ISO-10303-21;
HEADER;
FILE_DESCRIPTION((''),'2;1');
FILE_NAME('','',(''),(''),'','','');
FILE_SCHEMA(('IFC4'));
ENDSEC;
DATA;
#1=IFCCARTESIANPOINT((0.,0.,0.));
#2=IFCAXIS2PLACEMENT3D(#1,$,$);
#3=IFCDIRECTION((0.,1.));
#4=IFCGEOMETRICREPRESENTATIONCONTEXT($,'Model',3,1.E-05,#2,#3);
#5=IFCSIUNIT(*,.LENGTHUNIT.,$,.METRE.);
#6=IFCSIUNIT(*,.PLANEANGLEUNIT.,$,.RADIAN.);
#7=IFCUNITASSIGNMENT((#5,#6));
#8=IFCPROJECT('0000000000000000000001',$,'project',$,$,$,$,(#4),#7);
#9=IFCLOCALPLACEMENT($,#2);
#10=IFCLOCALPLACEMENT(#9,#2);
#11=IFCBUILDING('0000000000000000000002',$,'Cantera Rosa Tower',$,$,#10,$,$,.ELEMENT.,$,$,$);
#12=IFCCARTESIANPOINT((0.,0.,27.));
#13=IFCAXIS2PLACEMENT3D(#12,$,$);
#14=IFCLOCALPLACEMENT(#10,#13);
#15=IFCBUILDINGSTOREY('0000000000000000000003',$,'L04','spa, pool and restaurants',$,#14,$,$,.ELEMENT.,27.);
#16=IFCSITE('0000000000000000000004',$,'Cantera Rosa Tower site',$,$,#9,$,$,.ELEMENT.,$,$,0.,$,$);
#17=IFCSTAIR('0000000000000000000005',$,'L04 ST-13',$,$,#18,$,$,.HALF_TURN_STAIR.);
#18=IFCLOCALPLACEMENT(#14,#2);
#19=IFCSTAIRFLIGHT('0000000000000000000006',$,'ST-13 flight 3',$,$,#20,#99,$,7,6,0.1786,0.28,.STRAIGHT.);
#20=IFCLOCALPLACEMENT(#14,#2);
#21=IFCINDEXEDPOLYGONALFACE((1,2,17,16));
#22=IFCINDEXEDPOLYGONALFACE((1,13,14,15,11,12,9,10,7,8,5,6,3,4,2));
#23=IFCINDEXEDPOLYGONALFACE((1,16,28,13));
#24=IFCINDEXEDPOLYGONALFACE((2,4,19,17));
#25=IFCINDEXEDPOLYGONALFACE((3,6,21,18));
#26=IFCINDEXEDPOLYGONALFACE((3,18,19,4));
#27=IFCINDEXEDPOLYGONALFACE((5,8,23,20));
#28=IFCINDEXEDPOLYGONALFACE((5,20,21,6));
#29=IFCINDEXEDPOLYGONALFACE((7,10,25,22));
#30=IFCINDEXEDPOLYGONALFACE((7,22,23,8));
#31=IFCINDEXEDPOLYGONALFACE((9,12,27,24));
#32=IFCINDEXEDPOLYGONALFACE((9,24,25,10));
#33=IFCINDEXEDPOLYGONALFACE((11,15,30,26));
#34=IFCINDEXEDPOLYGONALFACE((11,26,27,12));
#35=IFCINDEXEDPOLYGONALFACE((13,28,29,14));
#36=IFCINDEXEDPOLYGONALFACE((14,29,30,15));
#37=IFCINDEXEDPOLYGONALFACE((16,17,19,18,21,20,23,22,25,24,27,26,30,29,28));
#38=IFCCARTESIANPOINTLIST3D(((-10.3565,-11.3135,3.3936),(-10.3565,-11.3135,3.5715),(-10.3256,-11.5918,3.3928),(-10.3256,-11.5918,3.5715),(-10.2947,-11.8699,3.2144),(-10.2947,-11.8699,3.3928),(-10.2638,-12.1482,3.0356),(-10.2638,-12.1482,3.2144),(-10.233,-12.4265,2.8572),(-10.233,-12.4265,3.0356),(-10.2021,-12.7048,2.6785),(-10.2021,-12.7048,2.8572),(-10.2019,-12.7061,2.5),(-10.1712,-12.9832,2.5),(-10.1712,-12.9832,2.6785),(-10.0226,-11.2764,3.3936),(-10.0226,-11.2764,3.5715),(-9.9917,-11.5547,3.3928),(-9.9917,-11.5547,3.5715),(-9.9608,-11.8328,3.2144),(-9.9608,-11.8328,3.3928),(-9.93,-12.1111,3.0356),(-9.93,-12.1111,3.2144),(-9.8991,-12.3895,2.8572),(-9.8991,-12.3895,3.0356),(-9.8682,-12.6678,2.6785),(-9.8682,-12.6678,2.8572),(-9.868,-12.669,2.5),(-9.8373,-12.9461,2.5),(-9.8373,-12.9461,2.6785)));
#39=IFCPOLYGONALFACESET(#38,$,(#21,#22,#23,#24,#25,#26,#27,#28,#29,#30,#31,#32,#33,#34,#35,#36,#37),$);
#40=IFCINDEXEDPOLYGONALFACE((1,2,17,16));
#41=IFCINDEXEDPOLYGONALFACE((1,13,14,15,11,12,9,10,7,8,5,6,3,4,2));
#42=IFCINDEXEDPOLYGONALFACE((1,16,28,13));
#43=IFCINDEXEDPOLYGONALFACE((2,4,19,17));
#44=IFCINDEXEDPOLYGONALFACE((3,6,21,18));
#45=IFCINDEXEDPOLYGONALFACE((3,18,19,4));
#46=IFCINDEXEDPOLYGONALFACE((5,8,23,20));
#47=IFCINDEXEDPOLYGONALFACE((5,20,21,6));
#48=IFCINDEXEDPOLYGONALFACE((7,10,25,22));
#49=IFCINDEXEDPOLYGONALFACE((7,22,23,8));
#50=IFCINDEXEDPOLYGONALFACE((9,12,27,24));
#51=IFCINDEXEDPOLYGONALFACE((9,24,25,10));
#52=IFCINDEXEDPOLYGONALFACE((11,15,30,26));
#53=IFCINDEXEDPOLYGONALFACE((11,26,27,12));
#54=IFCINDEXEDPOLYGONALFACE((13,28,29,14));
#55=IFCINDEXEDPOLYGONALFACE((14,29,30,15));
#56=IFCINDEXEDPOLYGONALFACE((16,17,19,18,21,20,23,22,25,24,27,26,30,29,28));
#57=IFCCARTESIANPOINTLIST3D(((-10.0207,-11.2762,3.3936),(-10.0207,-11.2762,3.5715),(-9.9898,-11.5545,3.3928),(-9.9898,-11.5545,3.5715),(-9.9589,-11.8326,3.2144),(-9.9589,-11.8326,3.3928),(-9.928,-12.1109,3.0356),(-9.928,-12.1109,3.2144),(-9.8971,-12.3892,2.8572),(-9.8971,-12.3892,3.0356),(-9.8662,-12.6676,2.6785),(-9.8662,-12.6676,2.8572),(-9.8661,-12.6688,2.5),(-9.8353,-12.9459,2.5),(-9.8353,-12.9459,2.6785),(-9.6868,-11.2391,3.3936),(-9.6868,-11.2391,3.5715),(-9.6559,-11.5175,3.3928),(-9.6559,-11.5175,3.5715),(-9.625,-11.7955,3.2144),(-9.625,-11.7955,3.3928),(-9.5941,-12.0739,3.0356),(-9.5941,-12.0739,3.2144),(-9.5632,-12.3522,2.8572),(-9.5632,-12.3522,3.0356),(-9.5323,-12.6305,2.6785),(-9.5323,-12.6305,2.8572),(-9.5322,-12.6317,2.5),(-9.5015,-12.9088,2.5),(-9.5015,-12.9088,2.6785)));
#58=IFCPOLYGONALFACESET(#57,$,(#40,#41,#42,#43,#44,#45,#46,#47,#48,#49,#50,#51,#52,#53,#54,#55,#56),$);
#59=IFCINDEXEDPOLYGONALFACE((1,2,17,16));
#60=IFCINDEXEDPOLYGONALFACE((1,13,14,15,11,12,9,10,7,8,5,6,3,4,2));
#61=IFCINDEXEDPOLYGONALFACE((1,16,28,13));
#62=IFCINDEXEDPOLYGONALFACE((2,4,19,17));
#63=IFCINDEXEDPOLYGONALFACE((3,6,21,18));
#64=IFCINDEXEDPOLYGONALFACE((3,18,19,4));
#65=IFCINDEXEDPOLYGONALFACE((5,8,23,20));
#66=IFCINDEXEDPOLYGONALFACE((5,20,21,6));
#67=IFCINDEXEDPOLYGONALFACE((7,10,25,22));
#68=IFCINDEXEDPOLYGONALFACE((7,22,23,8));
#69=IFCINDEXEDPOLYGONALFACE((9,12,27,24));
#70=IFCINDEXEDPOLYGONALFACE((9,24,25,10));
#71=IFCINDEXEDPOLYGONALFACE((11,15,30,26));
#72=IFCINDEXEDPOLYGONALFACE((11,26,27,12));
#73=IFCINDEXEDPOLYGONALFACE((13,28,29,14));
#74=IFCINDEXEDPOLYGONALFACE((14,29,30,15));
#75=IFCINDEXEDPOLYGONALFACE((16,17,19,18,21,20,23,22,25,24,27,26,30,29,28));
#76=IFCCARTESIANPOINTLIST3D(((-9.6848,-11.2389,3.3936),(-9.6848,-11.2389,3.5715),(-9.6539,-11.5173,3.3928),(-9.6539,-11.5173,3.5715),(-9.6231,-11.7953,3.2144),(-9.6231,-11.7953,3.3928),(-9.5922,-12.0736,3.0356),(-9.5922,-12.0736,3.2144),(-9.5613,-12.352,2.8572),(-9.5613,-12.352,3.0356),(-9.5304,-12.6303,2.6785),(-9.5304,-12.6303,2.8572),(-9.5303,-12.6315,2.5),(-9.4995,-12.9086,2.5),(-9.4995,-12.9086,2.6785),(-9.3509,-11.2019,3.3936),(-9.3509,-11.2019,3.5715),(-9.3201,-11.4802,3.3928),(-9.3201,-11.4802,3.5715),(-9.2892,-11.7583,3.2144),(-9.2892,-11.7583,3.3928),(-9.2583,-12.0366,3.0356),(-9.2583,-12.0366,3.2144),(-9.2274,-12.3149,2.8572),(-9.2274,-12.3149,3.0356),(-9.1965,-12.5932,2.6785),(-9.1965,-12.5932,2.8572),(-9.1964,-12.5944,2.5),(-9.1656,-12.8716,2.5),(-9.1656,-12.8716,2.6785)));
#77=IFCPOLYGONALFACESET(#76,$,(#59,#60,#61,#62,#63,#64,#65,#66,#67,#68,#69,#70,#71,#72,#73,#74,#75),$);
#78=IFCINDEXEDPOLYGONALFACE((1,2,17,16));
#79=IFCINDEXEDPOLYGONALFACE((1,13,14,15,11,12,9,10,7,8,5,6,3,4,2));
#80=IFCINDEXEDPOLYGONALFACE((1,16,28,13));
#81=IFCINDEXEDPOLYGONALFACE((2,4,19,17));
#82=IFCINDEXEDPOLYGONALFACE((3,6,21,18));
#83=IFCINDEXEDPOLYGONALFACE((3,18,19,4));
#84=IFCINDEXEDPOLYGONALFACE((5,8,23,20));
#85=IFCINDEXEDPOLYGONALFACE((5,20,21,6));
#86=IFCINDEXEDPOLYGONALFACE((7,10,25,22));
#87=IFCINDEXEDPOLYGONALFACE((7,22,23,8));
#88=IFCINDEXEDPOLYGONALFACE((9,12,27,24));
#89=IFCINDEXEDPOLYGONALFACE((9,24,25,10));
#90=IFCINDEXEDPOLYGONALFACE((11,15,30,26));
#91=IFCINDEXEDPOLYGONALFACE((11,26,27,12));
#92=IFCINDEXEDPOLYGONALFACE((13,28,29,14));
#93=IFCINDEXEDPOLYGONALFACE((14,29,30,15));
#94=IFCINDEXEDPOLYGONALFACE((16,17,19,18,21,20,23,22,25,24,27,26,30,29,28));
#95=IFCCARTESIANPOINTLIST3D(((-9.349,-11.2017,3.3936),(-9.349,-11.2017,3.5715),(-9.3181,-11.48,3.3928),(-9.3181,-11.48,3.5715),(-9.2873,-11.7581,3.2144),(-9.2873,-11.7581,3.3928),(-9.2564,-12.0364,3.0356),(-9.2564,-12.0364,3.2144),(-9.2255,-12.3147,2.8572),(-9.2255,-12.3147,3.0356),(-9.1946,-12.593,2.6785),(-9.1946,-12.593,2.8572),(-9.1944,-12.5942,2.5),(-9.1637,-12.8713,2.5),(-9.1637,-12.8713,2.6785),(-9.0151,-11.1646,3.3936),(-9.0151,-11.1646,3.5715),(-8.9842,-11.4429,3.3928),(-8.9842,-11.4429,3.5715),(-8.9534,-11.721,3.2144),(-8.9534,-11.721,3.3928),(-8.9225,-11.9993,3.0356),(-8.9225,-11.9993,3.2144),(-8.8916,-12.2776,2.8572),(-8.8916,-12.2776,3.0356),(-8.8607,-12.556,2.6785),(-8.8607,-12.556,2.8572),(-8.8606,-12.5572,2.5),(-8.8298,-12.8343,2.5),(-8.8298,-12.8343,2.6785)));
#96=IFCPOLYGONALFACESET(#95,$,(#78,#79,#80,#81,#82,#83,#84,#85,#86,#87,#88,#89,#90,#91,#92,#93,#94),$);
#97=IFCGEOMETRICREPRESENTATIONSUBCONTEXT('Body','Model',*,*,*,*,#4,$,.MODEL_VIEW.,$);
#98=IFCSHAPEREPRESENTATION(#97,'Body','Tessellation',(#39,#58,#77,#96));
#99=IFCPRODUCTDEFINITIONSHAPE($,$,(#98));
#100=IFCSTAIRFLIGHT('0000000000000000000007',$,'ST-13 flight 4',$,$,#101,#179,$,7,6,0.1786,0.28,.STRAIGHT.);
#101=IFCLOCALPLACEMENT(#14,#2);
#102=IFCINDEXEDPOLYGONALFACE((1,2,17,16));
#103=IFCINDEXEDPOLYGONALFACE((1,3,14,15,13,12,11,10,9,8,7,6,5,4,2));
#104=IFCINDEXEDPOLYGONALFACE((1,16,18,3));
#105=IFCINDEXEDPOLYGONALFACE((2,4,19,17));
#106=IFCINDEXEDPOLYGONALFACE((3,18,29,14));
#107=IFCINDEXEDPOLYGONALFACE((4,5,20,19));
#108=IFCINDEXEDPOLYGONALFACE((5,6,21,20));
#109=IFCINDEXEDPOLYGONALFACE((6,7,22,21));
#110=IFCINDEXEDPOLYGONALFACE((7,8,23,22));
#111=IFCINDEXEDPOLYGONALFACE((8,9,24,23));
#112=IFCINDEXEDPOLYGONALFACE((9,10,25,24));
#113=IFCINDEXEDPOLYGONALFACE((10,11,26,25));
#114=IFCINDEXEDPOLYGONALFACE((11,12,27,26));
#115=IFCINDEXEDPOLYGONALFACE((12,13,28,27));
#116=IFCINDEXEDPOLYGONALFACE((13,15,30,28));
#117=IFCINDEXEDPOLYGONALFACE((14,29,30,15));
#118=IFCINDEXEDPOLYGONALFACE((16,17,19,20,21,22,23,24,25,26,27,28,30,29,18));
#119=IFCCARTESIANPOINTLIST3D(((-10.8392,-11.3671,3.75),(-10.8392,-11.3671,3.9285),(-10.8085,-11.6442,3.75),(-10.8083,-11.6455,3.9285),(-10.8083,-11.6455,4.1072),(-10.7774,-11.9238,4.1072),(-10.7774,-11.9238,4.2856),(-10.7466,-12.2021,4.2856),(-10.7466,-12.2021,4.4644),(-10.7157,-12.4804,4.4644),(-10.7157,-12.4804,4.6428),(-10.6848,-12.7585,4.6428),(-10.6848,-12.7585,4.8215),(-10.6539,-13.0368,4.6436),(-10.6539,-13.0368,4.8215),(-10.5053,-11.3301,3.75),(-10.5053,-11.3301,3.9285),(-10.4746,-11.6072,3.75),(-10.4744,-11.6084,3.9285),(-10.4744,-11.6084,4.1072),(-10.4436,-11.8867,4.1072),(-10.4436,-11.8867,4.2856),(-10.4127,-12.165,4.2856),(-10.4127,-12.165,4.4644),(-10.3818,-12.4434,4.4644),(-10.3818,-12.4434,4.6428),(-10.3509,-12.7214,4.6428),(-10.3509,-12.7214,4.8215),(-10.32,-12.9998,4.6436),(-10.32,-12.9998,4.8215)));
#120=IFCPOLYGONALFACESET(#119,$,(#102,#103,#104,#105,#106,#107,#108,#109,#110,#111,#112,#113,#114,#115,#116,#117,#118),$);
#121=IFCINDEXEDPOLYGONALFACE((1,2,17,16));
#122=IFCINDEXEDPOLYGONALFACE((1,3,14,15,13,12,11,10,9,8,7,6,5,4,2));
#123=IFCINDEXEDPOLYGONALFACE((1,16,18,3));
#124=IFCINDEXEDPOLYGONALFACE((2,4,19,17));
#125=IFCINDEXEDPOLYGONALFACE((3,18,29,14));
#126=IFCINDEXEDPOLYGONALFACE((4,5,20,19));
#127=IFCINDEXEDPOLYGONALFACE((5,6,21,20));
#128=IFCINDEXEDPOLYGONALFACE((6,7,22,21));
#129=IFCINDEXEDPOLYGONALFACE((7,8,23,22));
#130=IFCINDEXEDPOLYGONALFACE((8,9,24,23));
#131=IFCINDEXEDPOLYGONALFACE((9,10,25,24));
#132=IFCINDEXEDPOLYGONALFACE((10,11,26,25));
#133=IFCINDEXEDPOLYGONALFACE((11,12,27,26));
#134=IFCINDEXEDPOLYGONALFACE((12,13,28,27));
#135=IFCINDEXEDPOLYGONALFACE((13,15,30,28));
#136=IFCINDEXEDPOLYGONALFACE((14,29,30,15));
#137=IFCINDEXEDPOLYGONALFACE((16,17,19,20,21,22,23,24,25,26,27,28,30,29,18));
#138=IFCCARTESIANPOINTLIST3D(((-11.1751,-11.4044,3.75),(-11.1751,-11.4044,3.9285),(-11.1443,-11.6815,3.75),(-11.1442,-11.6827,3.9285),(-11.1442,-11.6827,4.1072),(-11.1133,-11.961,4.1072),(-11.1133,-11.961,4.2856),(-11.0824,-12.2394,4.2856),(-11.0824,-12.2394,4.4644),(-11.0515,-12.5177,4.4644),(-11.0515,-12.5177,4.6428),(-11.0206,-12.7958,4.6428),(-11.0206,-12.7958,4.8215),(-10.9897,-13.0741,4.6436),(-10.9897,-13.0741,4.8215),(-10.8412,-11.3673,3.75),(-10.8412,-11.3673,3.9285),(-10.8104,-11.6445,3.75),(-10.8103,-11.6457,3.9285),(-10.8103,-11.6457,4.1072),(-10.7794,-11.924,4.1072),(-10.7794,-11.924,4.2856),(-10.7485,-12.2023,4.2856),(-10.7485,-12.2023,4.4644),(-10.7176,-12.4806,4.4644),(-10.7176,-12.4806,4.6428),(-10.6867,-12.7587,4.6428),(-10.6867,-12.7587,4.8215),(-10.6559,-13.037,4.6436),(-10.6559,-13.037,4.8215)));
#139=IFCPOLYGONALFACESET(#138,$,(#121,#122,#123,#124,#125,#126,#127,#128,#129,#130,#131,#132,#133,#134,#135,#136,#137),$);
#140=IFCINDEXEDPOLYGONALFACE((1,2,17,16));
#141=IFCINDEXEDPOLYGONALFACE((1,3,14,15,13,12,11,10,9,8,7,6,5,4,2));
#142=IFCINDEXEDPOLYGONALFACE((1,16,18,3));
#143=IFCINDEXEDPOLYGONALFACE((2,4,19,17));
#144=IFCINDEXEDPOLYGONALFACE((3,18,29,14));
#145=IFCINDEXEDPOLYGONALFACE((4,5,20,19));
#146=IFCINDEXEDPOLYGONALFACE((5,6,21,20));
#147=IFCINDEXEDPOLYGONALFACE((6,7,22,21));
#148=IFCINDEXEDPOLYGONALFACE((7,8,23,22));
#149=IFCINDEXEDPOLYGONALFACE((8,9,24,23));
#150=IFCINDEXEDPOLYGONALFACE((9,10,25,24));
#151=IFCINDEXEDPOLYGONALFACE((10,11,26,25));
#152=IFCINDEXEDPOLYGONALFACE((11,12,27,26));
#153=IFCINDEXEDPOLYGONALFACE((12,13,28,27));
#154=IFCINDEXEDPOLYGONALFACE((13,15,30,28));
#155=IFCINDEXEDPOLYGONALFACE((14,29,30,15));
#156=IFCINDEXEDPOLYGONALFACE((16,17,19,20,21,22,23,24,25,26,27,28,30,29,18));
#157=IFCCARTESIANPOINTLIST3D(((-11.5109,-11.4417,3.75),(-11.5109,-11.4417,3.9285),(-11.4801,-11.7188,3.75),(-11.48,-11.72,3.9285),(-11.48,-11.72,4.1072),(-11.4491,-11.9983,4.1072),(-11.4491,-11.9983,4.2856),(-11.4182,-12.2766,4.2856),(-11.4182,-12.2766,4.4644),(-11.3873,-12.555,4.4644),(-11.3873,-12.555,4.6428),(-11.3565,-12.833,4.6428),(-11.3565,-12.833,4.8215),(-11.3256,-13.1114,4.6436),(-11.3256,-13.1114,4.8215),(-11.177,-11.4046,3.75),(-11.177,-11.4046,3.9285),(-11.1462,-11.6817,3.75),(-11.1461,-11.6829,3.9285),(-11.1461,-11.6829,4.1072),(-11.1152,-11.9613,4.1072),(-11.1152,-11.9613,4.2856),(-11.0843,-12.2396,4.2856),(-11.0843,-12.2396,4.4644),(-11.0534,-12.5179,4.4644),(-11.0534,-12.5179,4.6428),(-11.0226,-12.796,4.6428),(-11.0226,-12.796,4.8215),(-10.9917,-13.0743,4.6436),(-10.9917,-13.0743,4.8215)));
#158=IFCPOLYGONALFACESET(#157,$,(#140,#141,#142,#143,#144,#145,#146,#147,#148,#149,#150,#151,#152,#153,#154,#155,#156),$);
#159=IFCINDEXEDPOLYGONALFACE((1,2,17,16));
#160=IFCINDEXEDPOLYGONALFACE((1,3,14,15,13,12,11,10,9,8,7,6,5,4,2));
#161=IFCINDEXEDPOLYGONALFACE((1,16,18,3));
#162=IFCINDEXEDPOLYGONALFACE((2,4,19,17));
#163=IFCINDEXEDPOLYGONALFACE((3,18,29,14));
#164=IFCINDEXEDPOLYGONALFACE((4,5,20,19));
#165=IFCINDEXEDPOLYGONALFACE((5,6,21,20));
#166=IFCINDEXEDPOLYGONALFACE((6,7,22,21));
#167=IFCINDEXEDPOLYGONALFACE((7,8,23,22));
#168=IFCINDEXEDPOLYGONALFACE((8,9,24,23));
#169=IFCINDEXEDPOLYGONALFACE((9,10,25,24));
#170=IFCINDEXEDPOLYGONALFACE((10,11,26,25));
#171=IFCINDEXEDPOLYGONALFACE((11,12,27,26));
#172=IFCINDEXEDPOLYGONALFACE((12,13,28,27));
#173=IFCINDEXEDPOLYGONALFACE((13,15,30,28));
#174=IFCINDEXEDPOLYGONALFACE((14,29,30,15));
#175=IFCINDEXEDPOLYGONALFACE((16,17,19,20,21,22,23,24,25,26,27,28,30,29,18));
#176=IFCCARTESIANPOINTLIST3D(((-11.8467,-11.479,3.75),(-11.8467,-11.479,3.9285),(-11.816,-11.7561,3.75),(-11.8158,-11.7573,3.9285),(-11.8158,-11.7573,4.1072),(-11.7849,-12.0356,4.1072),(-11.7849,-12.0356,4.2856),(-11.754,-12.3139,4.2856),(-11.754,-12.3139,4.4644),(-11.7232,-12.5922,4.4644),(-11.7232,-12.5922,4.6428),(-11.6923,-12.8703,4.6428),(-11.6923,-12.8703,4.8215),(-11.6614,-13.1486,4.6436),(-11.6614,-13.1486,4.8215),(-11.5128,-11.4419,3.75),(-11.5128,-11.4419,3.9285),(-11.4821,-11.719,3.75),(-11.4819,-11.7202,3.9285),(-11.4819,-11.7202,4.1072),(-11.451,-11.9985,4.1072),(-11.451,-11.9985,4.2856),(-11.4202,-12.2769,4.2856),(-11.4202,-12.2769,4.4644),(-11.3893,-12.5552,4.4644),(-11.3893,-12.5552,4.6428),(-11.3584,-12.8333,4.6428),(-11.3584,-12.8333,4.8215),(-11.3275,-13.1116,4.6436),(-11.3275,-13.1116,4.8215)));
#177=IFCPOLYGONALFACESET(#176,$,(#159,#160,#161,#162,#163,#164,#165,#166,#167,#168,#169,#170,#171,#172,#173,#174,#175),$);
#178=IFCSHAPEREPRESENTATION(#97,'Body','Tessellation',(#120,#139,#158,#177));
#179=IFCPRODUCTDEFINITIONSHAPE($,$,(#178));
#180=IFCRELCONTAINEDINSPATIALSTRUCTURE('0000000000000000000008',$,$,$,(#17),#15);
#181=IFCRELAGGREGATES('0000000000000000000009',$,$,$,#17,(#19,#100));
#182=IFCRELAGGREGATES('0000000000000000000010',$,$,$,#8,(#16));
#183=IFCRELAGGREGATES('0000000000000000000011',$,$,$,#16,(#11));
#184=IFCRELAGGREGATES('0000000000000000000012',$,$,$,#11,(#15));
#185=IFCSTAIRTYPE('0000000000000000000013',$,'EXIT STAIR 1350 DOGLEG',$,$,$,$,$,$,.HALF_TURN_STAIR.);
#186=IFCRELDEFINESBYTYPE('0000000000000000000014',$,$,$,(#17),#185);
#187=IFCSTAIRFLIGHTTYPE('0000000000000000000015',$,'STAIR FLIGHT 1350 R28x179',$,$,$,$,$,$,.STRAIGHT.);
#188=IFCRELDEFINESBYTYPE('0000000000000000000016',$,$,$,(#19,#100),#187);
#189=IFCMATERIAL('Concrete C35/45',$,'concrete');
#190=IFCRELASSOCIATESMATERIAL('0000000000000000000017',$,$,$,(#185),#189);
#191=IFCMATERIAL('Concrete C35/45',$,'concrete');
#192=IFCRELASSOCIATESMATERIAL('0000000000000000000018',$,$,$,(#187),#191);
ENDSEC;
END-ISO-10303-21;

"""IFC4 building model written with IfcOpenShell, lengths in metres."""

from ifc_helpers import new_model, si_unit, direction, frame, origin, place, context, subcontext, project, spatial, polyline, outline, extrude, material, type_object, element, aggregate, save


model = new_model("IFC4")

# Units and contexts
model_context = context("Model", 3, precision=1e-05, world=origin(), true_north=direction((0.0, 1.0)))
body_context = subcontext(model_context, "Body", "Model", "MODEL_VIEW")
ifc_project = project(units=[si_unit("LENGTHUNIT", "METRE"), si_unit("PLANEANGLEUNIT", "RADIAN")], contexts=[model_context])

# Site, building, storey
site_placement = place(None, origin())
site = spatial("IfcSite", under=ifc_project, at=site_placement, Name="Cantera Rosa Tower site", CompositionType="ELEMENT", RefElevation=0.0)
building_placement = place(site_placement, origin())
building = spatial("IfcBuilding", under=site, at=building_placement, Name="Cantera Rosa Tower", CompositionType="ELEMENT")
storey_placement = place(building_placement, frame((0.0, 0.0, 27.0)))
storey = spatial("IfcBuildingStorey", under=building, at=storey_placement, Name="L04", Description="spa, pool and restaurants", CompositionType="ELEMENT", Elevation=27.0)

# Stair, stair flights
ifc_material_1 = material(Name="Concrete C35/45", Category="concrete")
stair_type = type_object("IfcStairType", Name="EXIT STAIR 1350 DOGLEG", PredefinedType="HALF_TURN_STAIR", material=ifc_material_1)
stair_placement = place(storey_placement, origin())
stair = element("IfcStair", 1, at=stair_placement, inside=storey, type_object=stair_type, Name="L04 ST-13", PredefinedType="HALF_TURN_STAIR")
ifc_material_2 = material(Name="Concrete C35/45", Category="concrete")
stair_flight_type = type_object("IfcStairFlightType", Name="STAIR FLIGHT 1350 R28x179", PredefinedType="STRAIGHT", material=ifc_material_2)
stair_flight_1_placement = place(storey_placement, frame((-9.5002, -12.9087, 2.5), z_axis=(0.0, 0.0, 1.0), x_axis=(-0.110313, 0.993897, 0.0)))
stair_flight_1 = element("IfcStairFlight", 2, at=stair_flight_1_placement, type_object=stair_flight_type, Name="ST-13 flight 3", NumberOfRisers=7, NumberOfTreads=6, PredefinedType="STRAIGHT", RiserHeight=0.1786, TreadLength=0.28, context=body_context, shape_type="SweptSolid", body=[
    extrude(outline(polyline([(0.0, 0.0), (0.0, 0.1785), (0.28, 0.1785), (0.28, 0.3572), (0.5601, 0.3572), (0.5601, 0.5356), (0.8401, 0.5356), (0.8401, 0.7144), (1.1201, 0.7144), (1.1201, 0.8928), (1.3999, 0.8928), (1.3999, 1.0715), (1.6799, 1.0715), (1.6799, 1.25), (1.6799, 0.8936), (0.2788, 0.0), (0.0, 0.0)])), frame((0.0, 0.675, 0.0), z_axis=(0.0, -1.0, 0.0), x_axis=(1.0, 0.0, 0.0)), (0.0, 0.0, 1.0), 0.3359),
    extrude(outline(polyline([(0.0, 0.0), (0.0, 0.1785), (0.28, 0.1785), (0.28, 0.3572), (0.5601, 0.3572), (0.5601, 0.5356), (0.8401, 0.5356), (0.8401, 0.7144), (1.1201, 0.7144), (1.1201, 0.8928), (1.3999, 0.8928), (1.3999, 1.0715), (1.6799, 1.0715), (1.6799, 1.25), (1.6799, 0.8936), (0.2788, 0.0), (0.0, 0.0)])), frame((0.0, 0.3372, 0.0), z_axis=(0.0, -1.0, 0.0), x_axis=(1.0, 0.0, 0.0)), (0.0, 0.0, 1.0), 0.3359),
    extrude(outline(polyline([(0.0, 0.0), (0.0, 0.1785), (0.28, 0.1785), (0.28, 0.3572), (0.5601, 0.3572), (0.5601, 0.5356), (0.8401, 0.5356), (0.8401, 0.7144), (1.1201, 0.7144), (1.1201, 0.8928), (1.3999, 0.8928), (1.3999, 1.0715), (1.6799, 1.0715), (1.6799, 1.25), (1.6799, 0.8936), (0.2788, 0.0), (0.0, 0.0)])), frame((0.0, -0.0007, 0.0), z_axis=(0.0, -1.0, 0.0), x_axis=(1.0, 0.0, 0.0)), (0.0, 0.0, 1.0), 0.3359),
    extrude(outline(polyline([(0.0, 0.0), (0.0, 0.1785), (0.28, 0.1785), (0.28, 0.3572), (0.5601, 0.3572), (0.5601, 0.5356), (0.8401, 0.5356), (0.8401, 0.7144), (1.1201, 0.7144), (1.1201, 0.8928), (1.3999, 0.8928), (1.3999, 1.0715), (1.6799, 1.0715), (1.6799, 1.25), (1.6799, 0.8936), (0.2788, 0.0), (0.0, 0.0)])), frame((0.0, -0.3386, 0.0), z_axis=(0.0, -1.0, 0.0), x_axis=(1.0, 0.0, 0.0)), (0.0, 0.0, 1.0), 0.3359),
])
stair_flight_2_placement = place(storey_placement, frame((-11.1763, -11.4045, 3.75), z_axis=(0.0, 0.0, 1.0), x_axis=(0.110313, -0.993897, 0.0)))
stair_flight_2 = element("IfcStairFlight", 3, at=stair_flight_2_placement, type_object=stair_flight_type, Name="ST-13 flight 4", NumberOfRisers=7, NumberOfTreads=6, PredefinedType="STRAIGHT", RiserHeight=0.1786, TreadLength=0.28, context=body_context, shape_type="SweptSolid", body=[
    extrude(outline(polyline([(0.0, 0.0), (0.0, 0.1785), (0.28, 0.1785), (0.28, 0.3572), (0.5601, 0.3572), (0.5601, 0.5356), (0.8401, 0.5356), (0.8401, 0.7144), (1.1201, 0.7144), (1.1201, 0.8928), (1.3999, 0.8928), (1.3999, 1.0715), (1.6799, 1.0715), (1.6799, 1.25), (1.6799, 0.8936), (0.2788, 0.0), (0.0, 0.0)])), frame((0.0, 0.675, 0.0), z_axis=(0.0, -1.0, 0.0), x_axis=(1.0, 0.0, 0.0)), (0.0, 0.0, 1.0), 0.3359),
    extrude(outline(polyline([(0.0, 0.0), (0.0, 0.1785), (0.28, 0.1785), (0.28, 0.3572), (0.5601, 0.3572), (0.5601, 0.5356), (0.8401, 0.5356), (0.8401, 0.7144), (1.1201, 0.7144), (1.1201, 0.8928), (1.3999, 0.8928), (1.3999, 1.0715), (1.6799, 1.0715), (1.6799, 1.25), (1.6799, 0.8936), (0.2788, 0.0), (0.0, 0.0)])), frame((0.0, 0.3372, 0.0), z_axis=(0.0, -1.0, 0.0), x_axis=(1.0, 0.0, 0.0)), (0.0, 0.0, 1.0), 0.3359),
    extrude(outline(polyline([(0.0, 0.0), (0.0, 0.1785), (0.28, 0.1785), (0.28, 0.3572), (0.5601, 0.3572), (0.5601, 0.5356), (0.8401, 0.5356), (0.8401, 0.7144), (1.1201, 0.7144), (1.1201, 0.8928), (1.3999, 0.8928), (1.3999, 1.0715), (1.6799, 1.0715), (1.6799, 1.25), (1.6799, 0.8936), (0.2788, 0.0), (0.0, 0.0)])), frame((0.0, -0.0007, 0.0), z_axis=(0.0, -1.0, 0.0), x_axis=(1.0, 0.0, 0.0)), (0.0, 0.0, 1.0), 0.3359),
    extrude(outline(polyline([(0.0, 0.0), (0.0, 0.1785), (0.28, 0.1785), (0.28, 0.3572), (0.5601, 0.3572), (0.5601, 0.5356), (0.8401, 0.5356), (0.8401, 0.7144), (1.1201, 0.7144), (1.1201, 0.8928), (1.3999, 0.8928), (1.3999, 1.0715), (1.6799, 1.0715), (1.6799, 1.25), (1.6799, 0.8936), (0.2788, 0.0), (0.0, 0.0)])), frame((0.0, -0.3386, 0.0), z_axis=(0.0, -1.0, 0.0), x_axis=(1.0, 0.0, 0.0)), (0.0, 0.0, 1.0), 0.3359),
])
aggregate(stair, [stair_flight_1, stair_flight_2])

save(model, "model.ifc")
